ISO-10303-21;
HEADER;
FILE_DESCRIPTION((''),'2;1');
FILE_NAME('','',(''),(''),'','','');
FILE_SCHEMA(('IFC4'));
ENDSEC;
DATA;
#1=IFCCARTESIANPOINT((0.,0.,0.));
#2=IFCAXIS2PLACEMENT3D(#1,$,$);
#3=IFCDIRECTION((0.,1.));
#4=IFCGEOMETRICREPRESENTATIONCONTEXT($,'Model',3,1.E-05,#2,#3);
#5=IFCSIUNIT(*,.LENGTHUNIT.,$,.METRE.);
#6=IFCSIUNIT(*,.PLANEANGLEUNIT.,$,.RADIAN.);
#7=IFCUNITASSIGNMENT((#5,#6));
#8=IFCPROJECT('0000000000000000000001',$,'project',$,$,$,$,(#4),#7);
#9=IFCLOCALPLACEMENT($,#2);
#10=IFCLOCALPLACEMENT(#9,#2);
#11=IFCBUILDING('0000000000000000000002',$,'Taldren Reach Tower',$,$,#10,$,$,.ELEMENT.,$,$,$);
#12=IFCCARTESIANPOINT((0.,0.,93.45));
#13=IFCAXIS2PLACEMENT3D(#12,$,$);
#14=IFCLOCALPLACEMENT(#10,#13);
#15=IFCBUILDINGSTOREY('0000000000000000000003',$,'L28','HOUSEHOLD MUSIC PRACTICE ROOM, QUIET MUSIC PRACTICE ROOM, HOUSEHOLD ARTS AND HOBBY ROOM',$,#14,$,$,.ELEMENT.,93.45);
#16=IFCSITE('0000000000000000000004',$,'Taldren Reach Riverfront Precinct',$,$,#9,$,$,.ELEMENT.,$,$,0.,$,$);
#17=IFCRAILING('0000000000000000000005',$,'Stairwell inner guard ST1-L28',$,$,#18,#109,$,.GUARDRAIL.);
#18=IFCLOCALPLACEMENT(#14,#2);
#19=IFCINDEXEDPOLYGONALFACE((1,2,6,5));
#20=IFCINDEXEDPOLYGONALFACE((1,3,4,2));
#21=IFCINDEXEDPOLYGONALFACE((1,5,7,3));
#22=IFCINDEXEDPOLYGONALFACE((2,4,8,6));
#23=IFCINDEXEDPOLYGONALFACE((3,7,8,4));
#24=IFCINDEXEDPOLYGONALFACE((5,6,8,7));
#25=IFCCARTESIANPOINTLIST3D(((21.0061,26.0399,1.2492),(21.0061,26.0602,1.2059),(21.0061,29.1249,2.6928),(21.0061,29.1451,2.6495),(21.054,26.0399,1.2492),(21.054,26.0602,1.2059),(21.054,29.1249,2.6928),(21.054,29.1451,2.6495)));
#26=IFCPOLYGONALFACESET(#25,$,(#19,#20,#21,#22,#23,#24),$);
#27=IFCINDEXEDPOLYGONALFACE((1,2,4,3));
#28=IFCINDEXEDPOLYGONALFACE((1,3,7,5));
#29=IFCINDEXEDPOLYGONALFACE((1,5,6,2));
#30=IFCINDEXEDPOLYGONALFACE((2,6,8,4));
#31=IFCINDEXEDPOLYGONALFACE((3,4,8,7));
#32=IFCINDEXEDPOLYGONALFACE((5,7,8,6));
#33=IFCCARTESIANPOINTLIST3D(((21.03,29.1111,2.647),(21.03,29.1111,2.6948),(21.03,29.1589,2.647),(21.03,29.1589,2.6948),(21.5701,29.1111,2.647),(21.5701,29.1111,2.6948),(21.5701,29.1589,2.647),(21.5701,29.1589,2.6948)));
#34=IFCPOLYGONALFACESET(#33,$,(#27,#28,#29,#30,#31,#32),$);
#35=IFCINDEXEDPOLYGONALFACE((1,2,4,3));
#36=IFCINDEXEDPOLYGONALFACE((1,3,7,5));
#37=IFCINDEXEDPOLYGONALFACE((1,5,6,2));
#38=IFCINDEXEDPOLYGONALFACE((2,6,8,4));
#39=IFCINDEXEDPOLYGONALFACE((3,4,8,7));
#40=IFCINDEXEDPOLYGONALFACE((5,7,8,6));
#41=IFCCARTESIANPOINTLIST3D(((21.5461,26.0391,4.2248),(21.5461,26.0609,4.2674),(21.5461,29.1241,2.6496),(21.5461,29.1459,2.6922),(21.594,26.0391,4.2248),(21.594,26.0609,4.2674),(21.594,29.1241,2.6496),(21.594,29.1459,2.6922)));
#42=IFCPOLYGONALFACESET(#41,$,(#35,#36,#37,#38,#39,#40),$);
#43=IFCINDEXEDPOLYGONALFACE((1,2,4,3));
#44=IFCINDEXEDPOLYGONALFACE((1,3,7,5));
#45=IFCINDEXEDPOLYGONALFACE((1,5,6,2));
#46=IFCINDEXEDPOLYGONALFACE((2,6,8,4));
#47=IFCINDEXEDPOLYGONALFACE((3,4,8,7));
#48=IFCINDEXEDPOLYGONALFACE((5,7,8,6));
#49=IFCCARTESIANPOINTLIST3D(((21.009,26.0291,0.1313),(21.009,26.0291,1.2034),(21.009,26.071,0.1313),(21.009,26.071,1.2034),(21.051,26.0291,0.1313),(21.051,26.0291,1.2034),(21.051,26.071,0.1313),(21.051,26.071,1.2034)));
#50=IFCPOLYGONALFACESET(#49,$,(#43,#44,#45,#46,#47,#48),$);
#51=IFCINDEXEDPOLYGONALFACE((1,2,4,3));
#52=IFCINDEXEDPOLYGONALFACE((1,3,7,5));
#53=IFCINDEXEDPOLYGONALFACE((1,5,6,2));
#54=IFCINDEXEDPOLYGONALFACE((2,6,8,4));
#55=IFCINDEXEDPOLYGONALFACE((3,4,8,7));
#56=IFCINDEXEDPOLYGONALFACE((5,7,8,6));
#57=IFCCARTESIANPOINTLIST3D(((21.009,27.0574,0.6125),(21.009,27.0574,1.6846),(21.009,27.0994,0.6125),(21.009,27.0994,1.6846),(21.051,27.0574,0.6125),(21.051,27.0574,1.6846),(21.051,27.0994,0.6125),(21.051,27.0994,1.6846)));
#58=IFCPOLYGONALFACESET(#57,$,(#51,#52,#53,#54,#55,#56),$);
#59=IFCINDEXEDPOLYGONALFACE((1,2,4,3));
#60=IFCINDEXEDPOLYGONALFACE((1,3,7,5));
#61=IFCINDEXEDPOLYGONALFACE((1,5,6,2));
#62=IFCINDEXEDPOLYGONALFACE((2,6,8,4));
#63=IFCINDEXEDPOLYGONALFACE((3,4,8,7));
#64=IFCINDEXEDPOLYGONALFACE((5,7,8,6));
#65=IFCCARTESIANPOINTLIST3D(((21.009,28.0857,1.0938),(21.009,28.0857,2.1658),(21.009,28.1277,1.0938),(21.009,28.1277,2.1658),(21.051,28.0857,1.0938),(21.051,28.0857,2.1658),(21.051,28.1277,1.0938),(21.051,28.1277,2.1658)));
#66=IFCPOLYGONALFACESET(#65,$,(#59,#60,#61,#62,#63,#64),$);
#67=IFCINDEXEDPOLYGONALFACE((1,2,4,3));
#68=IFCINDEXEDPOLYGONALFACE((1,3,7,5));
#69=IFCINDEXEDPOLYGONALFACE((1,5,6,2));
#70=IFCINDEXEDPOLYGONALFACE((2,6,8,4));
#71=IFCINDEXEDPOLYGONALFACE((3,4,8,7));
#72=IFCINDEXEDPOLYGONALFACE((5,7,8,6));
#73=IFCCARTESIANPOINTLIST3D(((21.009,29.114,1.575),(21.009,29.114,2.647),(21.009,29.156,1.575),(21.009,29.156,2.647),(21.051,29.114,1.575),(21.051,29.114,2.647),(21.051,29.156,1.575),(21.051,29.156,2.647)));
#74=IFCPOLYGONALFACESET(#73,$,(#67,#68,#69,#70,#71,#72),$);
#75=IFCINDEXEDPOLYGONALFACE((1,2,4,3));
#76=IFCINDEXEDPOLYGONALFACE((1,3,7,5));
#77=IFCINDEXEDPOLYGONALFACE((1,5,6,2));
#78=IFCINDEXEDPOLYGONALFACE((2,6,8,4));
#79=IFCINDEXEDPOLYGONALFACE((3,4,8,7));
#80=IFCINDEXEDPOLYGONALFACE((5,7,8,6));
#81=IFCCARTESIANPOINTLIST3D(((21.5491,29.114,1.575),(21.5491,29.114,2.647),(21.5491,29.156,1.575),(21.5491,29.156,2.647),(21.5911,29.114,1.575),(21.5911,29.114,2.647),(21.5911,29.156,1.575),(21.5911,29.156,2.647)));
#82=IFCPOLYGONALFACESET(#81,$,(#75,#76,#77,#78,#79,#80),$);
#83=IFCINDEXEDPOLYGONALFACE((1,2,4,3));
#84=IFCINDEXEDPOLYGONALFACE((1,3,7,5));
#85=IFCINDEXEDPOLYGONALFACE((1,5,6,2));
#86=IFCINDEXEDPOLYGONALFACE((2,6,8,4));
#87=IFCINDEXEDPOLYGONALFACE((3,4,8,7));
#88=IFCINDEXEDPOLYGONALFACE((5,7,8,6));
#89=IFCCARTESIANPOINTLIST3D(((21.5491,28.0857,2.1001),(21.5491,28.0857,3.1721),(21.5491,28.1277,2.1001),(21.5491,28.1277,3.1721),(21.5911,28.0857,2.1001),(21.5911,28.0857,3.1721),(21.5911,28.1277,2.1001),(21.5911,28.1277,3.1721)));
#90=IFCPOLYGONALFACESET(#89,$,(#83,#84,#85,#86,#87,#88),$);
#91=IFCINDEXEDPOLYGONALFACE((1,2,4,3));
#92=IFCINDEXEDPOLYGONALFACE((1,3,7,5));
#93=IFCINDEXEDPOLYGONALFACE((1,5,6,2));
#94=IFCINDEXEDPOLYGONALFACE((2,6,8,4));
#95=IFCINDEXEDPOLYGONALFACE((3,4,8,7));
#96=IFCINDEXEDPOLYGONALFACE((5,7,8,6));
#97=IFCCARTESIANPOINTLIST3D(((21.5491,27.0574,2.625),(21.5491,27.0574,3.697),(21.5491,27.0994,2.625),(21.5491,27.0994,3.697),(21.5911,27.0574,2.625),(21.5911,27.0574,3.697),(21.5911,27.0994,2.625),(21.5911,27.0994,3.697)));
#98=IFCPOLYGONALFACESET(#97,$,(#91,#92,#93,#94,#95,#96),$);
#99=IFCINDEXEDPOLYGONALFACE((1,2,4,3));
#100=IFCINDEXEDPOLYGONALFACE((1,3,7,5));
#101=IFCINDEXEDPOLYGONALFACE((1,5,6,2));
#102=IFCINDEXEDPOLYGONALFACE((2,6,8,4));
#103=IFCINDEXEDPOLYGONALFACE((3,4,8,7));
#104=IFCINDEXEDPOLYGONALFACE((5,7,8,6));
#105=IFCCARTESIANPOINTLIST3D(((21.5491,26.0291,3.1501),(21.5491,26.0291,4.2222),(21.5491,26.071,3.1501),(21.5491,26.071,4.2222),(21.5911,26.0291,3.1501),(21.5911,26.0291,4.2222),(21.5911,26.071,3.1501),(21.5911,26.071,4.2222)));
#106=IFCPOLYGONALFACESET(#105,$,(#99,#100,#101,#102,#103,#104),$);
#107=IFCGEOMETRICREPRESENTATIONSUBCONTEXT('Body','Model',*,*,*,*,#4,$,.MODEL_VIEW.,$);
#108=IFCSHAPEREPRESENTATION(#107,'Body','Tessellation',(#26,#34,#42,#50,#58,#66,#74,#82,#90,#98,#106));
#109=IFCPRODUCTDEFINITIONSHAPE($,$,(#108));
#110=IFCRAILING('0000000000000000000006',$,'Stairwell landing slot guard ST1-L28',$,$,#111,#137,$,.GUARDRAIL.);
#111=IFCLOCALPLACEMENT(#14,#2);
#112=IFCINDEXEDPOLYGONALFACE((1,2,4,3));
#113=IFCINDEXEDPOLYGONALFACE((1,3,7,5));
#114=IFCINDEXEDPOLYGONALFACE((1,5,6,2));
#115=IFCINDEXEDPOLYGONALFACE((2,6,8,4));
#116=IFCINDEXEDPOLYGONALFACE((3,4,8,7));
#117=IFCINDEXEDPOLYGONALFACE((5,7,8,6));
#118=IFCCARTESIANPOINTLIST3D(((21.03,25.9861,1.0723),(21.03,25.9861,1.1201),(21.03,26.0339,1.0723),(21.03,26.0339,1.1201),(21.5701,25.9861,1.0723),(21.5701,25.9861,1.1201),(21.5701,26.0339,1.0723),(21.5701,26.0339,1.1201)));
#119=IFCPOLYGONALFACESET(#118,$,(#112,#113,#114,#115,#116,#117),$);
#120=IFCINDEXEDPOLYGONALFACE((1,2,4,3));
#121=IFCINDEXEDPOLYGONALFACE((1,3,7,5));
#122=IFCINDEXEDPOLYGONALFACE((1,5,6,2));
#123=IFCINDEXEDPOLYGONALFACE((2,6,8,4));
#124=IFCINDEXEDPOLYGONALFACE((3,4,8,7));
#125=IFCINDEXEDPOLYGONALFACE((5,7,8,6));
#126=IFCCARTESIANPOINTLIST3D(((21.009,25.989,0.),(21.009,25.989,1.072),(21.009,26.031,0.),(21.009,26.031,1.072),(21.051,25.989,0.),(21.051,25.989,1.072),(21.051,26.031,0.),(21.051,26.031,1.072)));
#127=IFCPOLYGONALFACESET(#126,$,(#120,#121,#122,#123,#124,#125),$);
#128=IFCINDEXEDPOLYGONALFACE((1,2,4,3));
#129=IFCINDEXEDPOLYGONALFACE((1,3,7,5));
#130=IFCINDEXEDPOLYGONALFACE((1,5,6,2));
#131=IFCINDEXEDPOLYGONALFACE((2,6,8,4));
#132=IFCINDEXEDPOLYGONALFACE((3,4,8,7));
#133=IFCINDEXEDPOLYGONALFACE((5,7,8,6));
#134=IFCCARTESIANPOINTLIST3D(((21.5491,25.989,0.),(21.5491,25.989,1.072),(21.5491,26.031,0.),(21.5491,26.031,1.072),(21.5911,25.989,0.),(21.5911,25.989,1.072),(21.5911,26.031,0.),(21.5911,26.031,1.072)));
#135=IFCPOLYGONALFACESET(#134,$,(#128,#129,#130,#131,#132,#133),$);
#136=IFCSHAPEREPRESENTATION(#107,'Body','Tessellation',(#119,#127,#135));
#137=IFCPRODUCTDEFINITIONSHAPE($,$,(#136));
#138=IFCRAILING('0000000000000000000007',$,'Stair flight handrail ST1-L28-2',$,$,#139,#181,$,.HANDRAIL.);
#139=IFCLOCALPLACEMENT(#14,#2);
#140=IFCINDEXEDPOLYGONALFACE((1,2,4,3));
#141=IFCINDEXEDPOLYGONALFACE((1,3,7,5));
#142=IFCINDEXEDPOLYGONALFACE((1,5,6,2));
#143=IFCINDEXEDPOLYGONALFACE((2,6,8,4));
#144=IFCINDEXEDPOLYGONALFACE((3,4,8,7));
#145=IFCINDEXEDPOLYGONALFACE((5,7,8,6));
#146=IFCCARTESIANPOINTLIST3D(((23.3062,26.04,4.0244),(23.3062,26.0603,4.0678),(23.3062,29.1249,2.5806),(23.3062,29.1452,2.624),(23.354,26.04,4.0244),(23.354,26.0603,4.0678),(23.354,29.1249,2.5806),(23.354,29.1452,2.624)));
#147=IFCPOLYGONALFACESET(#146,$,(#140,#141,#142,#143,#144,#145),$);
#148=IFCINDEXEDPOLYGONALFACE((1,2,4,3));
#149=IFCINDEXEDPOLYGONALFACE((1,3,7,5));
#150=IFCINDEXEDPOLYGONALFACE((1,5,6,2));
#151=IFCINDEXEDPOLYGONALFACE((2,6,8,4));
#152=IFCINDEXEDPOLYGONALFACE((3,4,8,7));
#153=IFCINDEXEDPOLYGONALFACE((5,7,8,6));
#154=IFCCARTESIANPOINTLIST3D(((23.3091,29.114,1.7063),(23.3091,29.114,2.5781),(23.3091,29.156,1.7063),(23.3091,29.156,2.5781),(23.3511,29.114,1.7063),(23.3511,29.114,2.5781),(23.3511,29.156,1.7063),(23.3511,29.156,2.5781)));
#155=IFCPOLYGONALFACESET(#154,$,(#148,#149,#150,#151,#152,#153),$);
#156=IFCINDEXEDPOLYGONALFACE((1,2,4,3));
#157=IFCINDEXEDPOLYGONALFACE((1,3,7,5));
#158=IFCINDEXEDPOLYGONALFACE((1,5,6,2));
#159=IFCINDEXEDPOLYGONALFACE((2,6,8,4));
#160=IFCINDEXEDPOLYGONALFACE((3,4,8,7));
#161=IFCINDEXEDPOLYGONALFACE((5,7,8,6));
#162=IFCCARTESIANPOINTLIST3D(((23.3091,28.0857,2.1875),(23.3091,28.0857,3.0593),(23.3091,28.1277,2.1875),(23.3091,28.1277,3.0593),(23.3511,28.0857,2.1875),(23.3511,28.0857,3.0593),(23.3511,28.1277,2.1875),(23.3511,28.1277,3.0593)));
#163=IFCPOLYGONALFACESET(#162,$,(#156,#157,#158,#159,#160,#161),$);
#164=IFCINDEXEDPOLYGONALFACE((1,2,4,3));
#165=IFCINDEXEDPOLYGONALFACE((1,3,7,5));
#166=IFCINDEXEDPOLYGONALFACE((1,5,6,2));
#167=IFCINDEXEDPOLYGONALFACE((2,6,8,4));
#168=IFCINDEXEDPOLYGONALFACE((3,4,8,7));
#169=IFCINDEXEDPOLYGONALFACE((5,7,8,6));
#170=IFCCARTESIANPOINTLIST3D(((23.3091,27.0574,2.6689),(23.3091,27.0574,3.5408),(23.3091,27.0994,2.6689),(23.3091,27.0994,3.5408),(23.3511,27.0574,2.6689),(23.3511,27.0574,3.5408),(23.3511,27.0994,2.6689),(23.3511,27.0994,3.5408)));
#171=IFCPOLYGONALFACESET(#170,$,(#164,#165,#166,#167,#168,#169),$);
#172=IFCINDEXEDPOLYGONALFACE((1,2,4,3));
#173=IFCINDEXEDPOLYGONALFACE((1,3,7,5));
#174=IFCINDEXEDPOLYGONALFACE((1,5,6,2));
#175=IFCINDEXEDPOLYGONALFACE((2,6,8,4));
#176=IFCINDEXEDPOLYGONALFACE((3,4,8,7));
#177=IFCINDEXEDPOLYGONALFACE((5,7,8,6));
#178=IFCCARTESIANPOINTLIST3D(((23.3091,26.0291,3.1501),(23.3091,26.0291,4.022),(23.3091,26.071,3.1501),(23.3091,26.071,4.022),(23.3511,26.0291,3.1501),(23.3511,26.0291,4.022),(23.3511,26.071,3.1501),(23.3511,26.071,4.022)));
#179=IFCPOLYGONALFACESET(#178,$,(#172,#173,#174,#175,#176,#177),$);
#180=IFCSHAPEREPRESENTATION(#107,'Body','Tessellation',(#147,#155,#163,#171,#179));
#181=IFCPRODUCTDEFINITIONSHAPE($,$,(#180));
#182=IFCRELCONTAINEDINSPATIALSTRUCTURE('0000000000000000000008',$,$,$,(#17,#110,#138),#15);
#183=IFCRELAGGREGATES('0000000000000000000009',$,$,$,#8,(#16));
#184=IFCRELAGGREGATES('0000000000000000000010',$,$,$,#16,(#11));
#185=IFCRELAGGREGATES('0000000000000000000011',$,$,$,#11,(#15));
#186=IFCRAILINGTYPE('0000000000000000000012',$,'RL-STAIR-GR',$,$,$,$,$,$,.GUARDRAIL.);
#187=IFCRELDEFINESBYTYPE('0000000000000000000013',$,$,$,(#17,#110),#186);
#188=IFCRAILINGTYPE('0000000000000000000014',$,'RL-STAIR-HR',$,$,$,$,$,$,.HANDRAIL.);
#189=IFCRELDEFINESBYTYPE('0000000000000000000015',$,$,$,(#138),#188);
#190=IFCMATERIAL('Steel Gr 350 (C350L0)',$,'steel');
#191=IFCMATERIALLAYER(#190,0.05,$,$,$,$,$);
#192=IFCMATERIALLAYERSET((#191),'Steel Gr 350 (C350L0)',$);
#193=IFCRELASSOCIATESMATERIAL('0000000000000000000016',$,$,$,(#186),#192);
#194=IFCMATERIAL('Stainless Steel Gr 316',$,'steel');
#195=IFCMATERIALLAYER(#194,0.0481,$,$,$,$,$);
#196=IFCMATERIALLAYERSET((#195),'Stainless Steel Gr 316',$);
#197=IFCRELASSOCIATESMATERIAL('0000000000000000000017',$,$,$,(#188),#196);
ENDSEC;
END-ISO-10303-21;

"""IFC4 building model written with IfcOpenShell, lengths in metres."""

from ifc_helpers import new_model, si_unit, direction, frame, origin, origin_2d, place, context, subcontext, project, spatial, rectangle, extrude, material, layer, layer_set, type_object, element, save


model = new_model("IFC4")

# Units and contexts
model_context = context("Model", 3, precision=1e-05, world=origin(), true_north=direction((0.0, 1.0)))
body_context = subcontext(model_context, "Body", "Model", "MODEL_VIEW")
ifc_project = project(units=[si_unit("LENGTHUNIT", "METRE"), si_unit("PLANEANGLEUNIT", "RADIAN")], contexts=[model_context])

# Site, building, storey
site_placement = place(None, origin())
site = spatial("IfcSite", under=ifc_project, at=site_placement, Name="Taldren Reach Riverfront Precinct", CompositionType="ELEMENT", RefElevation=0.0)
building_placement = place(site_placement, origin())
building = spatial("IfcBuilding", under=site, at=building_placement, Name="Taldren Reach Tower", CompositionType="ELEMENT")
storey_placement = place(building_placement, frame((0.0, 0.0, 93.45)))
storey = spatial("IfcBuildingStorey", under=building, at=storey_placement, Name="L28", Description="HOUSEHOLD MUSIC PRACTICE ROOM, QUIET MUSIC PRACTICE ROOM, HOUSEHOLD ARTS AND HOBBY ROOM", CompositionType="ELEMENT", Elevation=93.45)

# Shared definitions
ifc_material_1 = material(Name="Steel Gr 350 (C350L0)", Category="steel")

# Railings
ifc_layer_1 = layer(ifc_material_1, 0.05)
ifc_layer_set_1 = layer_set([ifc_layer_1], Name="Steel Gr 350 (C350L0)")
railing_type_1 = type_object("IfcRailingType", Name="RL-STAIR-GR", PredefinedType="GUARDRAIL", material=ifc_layer_set_1)
railing_1_placement = place(storey_placement, frame((21.03, 26.05, 0.1313)))
element("IfcRailing", 1, at=railing_1_placement, inside=storey, type_object=railing_type_1, Name="Stairwell inner guard ST1-L28", PredefinedType="GUARDRAIL", context=body_context, shape_type="SweptSolid", body=[
    extrude(rectangle(XDim=0.0479, YDim=0.0479, at=origin_2d()), frame((0.0, 0.0, 1.0962), z_axis=(0.0, 0.905738, 0.423839), x_axis=(-1.0, 0.0, 0.0)), (0.0, 0.0, 1.0), 3.406),
    extrude(rectangle(XDim=0.0479, YDim=0.0479, at=origin_2d()), frame((0.0, 3.085, 2.5396), z_axis=(1.0, 0.0, 0.0), x_axis=(0.0, 1.0, 0.0)), (0.0, 0.0, 1.0), 0.54),
    extrude(rectangle(XDim=0.0479, YDim=0.0479, at=origin_2d()), frame((0.54, 3.085, 2.5396), z_axis=(0.0, -0.890617, 0.454753), x_axis=(1.0, 0.0, 0.0)), (0.0, 0.0, 1.0), 3.4639),
    extrude(rectangle(XDim=0.042, YDim=0.042, at=origin_2d()), origin(), (0.0, 0.0, 1.0), 1.072),
    extrude(rectangle(XDim=0.042, YDim=0.042, at=origin_2d()), frame((0.0, 1.0283, 0.4812)), (0.0, 0.0, 1.0), 1.072),
    extrude(rectangle(XDim=0.042, YDim=0.042, at=origin_2d()), frame((0.0, 2.0566, 0.9624)), (0.0, 0.0, 1.0), 1.072),
    extrude(rectangle(XDim=0.042, YDim=0.042, at=origin_2d()), frame((0.0, 3.085, 1.4436)), (0.0, 0.0, 1.0), 1.072),
    extrude(rectangle(XDim=0.042, YDim=0.042, at=origin_2d()), frame((0.54, 3.085, 1.4436)), (0.0, 0.0, 1.0), 1.072),
    extrude(rectangle(XDim=0.042, YDim=0.042, at=origin_2d()), frame((0.54, 2.0566, 1.9688)), (0.0, 0.0, 1.0), 1.072),
    extrude(rectangle(XDim=0.042, YDim=0.042, at=origin_2d()), frame((0.54, 1.0283, 2.4937)), (0.0, 0.0, 1.0), 1.072),
    extrude(rectangle(XDim=0.042, YDim=0.042, at=origin_2d()), frame((0.54, 0.0, 3.0188)), (0.0, 0.0, 1.0), 1.072),
])
railing_2_placement = place(storey_placement, frame((21.03, 26.01, 0.0)))
element("IfcRailing", 2, at=railing_2_placement, inside=storey, type_object=railing_type_1, Name="Stairwell landing slot guard ST1-L28", PredefinedType="GUARDRAIL", context=body_context, shape_type="SweptSolid", body=[
    extrude(rectangle(XDim=0.0479, YDim=0.0479, at=origin_2d()), frame((0.0, 0.0, 1.0962), z_axis=(1.0, 0.0, 0.0), x_axis=(0.0, 1.0, 0.0)), (0.0, 0.0, 1.0), 0.54),
    extrude(rectangle(XDim=0.042, YDim=0.042, at=origin_2d()), origin(), (0.0, 0.0, 1.0), 1.072),
    extrude(rectangle(XDim=0.042, YDim=0.042, at=origin_2d()), frame((0.54, 0.0, 0.0)), (0.0, 0.0, 1.0), 1.072),
])
ifc_material_2 = material(Name="Stainless Steel Gr 316", Category="steel")
ifc_layer_2 = layer(ifc_material_2, 0.0481)
ifc_layer_set_2 = layer_set([ifc_layer_2], Name="Stainless Steel Gr 316")
railing_type_2 = type_object("IfcRailingType", Name="RL-STAIR-HR", PredefinedType="HANDRAIL", material=ifc_layer_set_2)
railing_3_placement = place(storey_placement, frame((23.3301, 29.135, 1.7063)))
element("IfcRailing", 3, at=railing_3_placement, inside=storey, type_object=railing_type_2, Name="Stair flight handrail ST1-L28-2", PredefinedType="HANDRAIL", context=body_context, shape_type="SweptSolid", body=[
    extrude(rectangle(XDim=0.0479, YDim=0.0479, at=origin_2d()), frame((0.0, 0.0, 0.896), z_axis=(0.0, -0.90571, 0.423898), x_axis=(1.0, 0.0, 0.0)), (0.0, 0.0, 1.0), 3.406),
    extrude(rectangle(XDim=0.042, YDim=0.042, at=origin_2d()), origin(), (0.0, 0.0, 1.0), 0.8718),
    extrude(rectangle(XDim=0.042, YDim=0.042, at=origin_2d()), frame((0.0, -1.0283, 0.4812)), (0.0, 0.0, 1.0), 0.8718),
    extrude(rectangle(XDim=0.042, YDim=0.042, at=origin_2d()), frame((0.0, -2.0566, 0.9626)), (0.0, 0.0, 1.0), 0.8718),
    extrude(rectangle(XDim=0.042, YDim=0.042, at=origin_2d()), frame((0.0, -3.085, 1.4438)), (0.0, 0.0, 1.0), 0.8718),
])

save(model, "model.ifc")
